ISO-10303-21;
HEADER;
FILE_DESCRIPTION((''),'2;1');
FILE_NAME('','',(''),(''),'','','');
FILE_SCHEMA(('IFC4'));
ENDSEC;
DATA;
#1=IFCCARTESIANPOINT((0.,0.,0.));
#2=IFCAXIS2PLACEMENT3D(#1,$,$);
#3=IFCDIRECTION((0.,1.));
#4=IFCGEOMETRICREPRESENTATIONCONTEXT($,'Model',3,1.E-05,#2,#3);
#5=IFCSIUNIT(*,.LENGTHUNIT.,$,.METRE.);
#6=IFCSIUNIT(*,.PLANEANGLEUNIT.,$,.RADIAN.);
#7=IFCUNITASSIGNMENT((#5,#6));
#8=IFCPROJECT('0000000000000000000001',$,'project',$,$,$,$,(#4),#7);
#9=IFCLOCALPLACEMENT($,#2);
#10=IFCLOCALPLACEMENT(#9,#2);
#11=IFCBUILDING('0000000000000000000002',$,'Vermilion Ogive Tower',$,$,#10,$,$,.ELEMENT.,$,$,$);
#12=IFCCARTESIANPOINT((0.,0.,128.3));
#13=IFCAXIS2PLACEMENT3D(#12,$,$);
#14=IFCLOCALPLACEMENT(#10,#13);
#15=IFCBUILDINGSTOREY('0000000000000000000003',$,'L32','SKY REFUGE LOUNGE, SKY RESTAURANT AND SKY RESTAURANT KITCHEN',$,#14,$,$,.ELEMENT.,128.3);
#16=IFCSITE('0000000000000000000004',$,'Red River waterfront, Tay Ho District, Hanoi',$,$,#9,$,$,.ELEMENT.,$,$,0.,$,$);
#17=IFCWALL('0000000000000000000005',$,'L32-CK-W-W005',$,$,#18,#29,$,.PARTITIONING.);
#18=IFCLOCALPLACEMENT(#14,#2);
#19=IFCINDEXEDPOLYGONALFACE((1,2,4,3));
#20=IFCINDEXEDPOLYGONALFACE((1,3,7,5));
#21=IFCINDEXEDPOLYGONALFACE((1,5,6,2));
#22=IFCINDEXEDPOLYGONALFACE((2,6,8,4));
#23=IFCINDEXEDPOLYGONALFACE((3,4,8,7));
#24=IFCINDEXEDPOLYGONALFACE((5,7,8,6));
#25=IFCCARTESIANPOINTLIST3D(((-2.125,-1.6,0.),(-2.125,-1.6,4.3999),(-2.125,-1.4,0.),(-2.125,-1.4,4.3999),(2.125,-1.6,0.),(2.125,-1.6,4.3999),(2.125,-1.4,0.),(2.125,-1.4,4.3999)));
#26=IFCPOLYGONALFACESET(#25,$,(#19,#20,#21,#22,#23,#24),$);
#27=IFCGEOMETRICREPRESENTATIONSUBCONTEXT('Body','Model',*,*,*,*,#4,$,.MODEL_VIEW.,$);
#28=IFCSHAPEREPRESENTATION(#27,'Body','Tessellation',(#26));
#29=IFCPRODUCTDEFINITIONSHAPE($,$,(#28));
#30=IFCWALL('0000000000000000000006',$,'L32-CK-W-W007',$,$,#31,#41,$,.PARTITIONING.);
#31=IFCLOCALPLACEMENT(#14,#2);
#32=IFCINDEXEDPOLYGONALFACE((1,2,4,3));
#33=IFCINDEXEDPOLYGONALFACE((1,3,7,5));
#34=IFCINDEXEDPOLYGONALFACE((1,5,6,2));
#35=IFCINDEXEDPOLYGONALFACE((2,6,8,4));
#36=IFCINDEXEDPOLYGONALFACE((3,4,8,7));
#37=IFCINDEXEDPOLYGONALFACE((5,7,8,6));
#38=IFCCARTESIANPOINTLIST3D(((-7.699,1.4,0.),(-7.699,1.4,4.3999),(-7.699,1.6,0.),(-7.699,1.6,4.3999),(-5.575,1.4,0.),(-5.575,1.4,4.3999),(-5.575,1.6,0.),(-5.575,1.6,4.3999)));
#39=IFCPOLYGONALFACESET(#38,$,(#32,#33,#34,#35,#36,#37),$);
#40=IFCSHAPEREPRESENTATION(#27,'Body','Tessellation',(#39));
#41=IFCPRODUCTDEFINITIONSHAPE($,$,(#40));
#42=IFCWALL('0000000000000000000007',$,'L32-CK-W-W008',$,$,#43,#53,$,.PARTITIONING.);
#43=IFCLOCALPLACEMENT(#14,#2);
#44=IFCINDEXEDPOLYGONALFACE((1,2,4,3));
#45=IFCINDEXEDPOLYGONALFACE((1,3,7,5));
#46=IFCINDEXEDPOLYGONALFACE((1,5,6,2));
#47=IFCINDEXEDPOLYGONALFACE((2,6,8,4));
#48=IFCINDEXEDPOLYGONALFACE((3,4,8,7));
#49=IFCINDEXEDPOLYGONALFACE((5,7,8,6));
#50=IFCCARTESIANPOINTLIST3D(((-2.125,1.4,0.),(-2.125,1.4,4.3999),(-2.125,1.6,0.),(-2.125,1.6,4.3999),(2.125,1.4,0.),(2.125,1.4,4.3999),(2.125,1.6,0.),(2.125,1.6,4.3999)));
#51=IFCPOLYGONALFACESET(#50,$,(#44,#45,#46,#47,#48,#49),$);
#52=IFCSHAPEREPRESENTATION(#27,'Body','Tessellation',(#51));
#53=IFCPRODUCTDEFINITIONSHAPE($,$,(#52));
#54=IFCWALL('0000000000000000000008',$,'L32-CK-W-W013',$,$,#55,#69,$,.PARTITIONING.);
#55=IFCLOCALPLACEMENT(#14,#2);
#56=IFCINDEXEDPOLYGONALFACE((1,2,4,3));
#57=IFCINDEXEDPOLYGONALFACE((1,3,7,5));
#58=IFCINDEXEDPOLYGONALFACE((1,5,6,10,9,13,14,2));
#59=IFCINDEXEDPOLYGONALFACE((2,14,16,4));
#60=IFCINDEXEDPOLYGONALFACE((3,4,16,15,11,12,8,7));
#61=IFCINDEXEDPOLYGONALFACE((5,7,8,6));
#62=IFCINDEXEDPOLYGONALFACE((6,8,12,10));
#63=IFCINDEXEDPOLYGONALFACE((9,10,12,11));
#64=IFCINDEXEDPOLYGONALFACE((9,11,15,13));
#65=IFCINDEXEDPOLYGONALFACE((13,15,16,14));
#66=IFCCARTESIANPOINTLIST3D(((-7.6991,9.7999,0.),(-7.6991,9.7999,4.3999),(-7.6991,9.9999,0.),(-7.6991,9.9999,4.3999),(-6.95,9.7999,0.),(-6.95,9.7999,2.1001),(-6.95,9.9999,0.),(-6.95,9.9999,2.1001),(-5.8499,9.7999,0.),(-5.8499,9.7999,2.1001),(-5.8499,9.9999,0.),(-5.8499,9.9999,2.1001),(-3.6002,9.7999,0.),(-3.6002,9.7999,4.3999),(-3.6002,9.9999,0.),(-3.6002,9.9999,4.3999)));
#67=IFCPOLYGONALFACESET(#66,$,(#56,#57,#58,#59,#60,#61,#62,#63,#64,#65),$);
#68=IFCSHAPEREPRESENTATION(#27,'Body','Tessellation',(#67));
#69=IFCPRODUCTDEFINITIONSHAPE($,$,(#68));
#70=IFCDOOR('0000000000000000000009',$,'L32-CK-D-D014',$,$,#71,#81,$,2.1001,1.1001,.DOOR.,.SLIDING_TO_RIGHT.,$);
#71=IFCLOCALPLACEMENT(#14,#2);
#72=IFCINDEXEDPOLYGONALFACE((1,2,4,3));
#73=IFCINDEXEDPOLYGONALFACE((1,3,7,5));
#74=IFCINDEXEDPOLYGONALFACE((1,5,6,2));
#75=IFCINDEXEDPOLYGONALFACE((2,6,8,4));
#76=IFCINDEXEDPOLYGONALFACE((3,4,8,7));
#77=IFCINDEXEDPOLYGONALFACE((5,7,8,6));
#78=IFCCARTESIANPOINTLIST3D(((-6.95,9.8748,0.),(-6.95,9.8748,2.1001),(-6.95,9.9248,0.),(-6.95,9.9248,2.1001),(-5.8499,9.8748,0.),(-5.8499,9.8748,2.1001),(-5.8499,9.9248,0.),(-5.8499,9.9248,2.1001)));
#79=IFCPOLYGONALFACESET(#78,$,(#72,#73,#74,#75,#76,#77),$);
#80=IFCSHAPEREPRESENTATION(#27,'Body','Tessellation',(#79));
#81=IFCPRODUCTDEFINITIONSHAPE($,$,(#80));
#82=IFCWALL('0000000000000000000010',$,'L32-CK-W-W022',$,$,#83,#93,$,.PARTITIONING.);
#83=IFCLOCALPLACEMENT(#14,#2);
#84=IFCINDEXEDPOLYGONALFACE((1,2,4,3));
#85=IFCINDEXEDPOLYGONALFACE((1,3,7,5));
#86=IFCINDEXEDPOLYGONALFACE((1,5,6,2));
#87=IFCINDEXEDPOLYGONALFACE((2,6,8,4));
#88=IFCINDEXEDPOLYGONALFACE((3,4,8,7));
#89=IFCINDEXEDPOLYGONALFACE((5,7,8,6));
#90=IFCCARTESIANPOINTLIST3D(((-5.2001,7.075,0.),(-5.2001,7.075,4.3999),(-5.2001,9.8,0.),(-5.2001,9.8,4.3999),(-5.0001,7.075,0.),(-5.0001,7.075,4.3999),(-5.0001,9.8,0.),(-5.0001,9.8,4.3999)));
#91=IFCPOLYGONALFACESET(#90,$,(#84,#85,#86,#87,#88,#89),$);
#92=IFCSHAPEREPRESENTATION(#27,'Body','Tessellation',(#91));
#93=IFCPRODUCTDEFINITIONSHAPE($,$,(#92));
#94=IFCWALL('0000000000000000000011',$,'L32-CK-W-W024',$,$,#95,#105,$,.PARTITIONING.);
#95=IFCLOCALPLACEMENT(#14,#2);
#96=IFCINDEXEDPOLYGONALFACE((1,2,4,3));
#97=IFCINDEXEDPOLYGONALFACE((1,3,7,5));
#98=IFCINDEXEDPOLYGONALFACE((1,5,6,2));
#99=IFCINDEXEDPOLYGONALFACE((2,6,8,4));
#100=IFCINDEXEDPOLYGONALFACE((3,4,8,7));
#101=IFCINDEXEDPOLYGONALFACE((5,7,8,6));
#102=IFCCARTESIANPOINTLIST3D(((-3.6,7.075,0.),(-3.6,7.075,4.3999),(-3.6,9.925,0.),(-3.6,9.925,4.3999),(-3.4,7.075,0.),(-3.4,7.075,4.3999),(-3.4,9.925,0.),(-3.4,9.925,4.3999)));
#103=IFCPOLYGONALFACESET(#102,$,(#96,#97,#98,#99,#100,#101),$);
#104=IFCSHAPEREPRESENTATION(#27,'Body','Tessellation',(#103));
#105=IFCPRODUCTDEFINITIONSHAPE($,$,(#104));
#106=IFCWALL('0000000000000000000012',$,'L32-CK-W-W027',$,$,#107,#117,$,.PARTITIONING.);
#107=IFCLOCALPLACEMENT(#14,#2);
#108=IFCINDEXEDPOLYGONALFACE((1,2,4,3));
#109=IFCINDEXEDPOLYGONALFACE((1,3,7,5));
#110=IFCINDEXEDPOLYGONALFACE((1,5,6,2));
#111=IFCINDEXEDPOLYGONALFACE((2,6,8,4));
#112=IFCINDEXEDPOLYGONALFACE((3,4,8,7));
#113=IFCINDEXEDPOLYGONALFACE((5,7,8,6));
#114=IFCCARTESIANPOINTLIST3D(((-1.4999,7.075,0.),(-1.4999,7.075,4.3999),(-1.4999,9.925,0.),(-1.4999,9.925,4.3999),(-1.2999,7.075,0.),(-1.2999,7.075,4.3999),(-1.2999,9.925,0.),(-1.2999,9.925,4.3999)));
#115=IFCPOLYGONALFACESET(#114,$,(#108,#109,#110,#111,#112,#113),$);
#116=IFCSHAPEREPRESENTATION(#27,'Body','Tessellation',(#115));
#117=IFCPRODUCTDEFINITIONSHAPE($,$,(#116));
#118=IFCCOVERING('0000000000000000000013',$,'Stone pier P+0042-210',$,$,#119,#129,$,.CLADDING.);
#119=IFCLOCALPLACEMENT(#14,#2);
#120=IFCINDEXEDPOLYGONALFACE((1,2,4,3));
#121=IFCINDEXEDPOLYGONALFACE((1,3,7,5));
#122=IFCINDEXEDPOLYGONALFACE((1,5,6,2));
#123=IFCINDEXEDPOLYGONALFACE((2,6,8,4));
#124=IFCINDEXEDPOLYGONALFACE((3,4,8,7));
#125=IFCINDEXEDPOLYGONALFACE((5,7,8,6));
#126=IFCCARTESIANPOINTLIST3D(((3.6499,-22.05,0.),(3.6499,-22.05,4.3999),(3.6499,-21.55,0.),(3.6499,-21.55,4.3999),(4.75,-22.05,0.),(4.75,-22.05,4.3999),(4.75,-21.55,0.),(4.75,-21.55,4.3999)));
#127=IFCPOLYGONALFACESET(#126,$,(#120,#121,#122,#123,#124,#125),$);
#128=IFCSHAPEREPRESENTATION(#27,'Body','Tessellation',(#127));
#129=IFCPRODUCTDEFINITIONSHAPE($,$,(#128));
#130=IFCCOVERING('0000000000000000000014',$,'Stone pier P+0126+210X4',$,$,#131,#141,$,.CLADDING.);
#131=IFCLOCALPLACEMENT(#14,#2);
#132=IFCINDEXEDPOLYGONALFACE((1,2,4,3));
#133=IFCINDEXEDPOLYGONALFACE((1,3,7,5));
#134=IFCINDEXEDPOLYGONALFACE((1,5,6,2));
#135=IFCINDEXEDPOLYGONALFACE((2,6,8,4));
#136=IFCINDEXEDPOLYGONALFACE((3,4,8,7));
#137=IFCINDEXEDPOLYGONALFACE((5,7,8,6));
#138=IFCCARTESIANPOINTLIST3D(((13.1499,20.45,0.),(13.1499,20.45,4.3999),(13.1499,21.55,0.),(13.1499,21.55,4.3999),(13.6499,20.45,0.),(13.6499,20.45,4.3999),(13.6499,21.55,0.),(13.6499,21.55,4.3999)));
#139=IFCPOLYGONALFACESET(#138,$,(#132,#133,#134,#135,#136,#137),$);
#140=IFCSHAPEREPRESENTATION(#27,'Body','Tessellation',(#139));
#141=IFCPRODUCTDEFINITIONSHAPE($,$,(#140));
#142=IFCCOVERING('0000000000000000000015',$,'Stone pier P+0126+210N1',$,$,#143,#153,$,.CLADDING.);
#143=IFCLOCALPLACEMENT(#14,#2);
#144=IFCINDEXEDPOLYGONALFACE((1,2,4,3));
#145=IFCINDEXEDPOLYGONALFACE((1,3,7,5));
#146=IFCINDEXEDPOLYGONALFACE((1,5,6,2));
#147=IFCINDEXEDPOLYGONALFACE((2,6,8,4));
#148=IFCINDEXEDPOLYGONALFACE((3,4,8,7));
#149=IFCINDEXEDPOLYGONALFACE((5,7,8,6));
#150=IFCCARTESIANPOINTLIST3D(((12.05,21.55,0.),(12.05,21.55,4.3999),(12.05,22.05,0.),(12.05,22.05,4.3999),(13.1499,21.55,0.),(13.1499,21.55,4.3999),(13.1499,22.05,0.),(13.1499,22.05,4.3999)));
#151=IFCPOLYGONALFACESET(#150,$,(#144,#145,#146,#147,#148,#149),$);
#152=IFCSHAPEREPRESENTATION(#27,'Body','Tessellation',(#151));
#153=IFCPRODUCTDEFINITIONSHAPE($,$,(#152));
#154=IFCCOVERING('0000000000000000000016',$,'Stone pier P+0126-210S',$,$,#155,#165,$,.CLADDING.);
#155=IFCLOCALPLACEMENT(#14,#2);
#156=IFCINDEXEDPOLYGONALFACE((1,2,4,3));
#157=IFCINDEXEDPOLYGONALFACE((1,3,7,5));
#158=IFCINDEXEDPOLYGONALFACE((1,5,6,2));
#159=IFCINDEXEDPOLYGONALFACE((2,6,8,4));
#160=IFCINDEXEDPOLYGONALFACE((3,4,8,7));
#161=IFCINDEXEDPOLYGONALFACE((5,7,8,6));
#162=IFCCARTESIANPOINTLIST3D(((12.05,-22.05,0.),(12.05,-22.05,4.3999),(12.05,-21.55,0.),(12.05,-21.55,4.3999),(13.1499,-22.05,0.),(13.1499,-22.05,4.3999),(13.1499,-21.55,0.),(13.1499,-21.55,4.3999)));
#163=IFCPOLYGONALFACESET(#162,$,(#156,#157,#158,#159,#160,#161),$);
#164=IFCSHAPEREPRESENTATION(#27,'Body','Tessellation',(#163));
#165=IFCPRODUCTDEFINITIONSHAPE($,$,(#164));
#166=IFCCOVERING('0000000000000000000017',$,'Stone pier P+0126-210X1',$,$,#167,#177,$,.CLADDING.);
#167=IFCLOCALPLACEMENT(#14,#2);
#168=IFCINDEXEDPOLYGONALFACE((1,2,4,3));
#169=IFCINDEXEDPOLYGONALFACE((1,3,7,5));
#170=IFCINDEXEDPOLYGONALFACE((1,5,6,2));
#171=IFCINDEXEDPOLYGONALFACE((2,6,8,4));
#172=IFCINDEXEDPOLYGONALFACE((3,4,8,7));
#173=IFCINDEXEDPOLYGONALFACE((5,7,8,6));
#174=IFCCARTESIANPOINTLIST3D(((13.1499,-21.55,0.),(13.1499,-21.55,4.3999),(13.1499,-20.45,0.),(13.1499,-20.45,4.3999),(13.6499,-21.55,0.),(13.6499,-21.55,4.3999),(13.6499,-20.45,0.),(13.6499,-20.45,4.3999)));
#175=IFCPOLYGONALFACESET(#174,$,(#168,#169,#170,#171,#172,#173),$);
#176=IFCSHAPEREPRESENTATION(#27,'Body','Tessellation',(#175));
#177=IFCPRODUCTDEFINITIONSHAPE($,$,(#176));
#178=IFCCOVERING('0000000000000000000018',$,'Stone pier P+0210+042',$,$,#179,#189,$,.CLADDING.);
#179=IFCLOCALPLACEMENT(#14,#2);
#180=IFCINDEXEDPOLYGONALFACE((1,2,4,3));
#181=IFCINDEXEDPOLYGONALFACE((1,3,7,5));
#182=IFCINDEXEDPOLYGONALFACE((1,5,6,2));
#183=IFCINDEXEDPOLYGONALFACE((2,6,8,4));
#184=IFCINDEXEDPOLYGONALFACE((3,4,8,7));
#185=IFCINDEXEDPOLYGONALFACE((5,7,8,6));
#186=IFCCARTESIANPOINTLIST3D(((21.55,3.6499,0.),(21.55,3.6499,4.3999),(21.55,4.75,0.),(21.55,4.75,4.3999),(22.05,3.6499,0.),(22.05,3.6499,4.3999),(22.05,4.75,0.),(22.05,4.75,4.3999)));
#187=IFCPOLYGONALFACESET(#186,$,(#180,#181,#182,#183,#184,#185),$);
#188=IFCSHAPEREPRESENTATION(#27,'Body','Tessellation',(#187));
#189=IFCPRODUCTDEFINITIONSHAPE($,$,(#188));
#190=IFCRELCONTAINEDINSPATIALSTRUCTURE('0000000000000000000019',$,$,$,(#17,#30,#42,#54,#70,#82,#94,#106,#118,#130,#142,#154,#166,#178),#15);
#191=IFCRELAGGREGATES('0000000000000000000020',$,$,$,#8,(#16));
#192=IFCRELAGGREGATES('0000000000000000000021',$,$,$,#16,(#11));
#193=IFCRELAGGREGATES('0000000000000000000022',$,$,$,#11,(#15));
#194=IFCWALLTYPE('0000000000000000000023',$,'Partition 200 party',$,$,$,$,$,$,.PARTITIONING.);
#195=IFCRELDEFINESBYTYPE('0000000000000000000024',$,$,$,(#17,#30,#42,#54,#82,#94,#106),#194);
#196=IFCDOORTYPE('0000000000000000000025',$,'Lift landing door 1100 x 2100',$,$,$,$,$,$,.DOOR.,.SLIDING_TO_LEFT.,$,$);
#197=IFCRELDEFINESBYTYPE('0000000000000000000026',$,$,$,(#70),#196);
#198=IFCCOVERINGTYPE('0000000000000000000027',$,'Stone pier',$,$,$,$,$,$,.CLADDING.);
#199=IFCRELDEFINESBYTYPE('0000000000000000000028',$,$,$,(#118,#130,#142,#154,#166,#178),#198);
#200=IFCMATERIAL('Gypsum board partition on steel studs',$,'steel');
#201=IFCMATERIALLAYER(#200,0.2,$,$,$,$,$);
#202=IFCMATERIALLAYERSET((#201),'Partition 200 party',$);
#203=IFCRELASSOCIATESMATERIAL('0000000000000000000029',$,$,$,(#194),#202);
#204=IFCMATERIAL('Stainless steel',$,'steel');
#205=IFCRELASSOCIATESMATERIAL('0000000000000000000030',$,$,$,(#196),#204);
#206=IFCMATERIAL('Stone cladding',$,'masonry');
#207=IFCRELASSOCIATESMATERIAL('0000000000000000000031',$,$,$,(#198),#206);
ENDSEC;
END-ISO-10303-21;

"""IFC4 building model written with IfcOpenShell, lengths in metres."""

from ifc_helpers import new_model, si_unit, direction, frame, frame_2d, origin, place, context, subcontext, project, spatial, polyline, rectangle, outline, extrude, material, layer, layer_set, type_object, element, fill, save


model = new_model("IFC4")

# Units and contexts
model_context = context("Model", 3, precision=1e-05, world=origin(), true_north=direction((0.0, 1.0)))
body_context = subcontext(model_context, "Body", "Model", "MODEL_VIEW")
ifc_project = project(units=[si_unit("LENGTHUNIT", "METRE"), si_unit("PLANEANGLEUNIT", "RADIAN")], contexts=[model_context])

# Site, building, storey
site_placement = place(None, origin())
site = spatial("IfcSite", under=ifc_project, at=site_placement, Name="Red River waterfront, Tay Ho District, Hanoi", CompositionType="ELEMENT", RefElevation=0.0)
building_placement = place(site_placement, origin())
building = spatial("IfcBuilding", under=site, at=building_placement, Name="Vermilion Ogive Tower", CompositionType="ELEMENT")
storey_placement = place(building_placement, frame((0.0, 0.0, 128.3)))
storey = spatial("IfcBuildingStorey", under=building, at=storey_placement, Name="L32", Description="SKY REFUGE LOUNGE, SKY RESTAURANT AND SKY RESTAURANT KITCHEN", CompositionType="ELEMENT", Elevation=128.3)

# Walls
ifc_material_1 = material(Name="Gypsum board partition on steel studs", Category="steel")
ifc_layer_1 = layer(ifc_material_1, 0.2)
ifc_layer_set_1 = layer_set([ifc_layer_1], Name="Partition 200 party")
wall_type_1 = type_object("IfcWallType", Name="Partition 200 party", PredefinedType="PARTITIONING", material=ifc_layer_set_1)
wall_1_placement = place(storey_placement, frame((-2.125, -1.5, 0.0), z_axis=(0.0, 0.0, 1.0), x_axis=(1.0, 0.0, 0.0)))
element("IfcWall", 1, at=wall_1_placement, inside=storey, type_object=wall_type_1, Name="L32-CK-W-W005", PredefinedType="PARTITIONING", context=body_context, shape_type="SweptSolid", body=[
    extrude(rectangle(XDim=4.25, YDim=0.2, at=frame_2d((2.125, 0.0))), origin(), (0.0, 0.0, 1.0), 4.3999),
])
wall_2_placement = place(storey_placement, frame((-7.699, 1.5, 0.0), z_axis=(0.0, 0.0, 1.0), x_axis=(1.0, 0.0, 0.0)))
element("IfcWall", 2, at=wall_2_placement, inside=storey, type_object=wall_type_1, Name="L32-CK-W-W007", PredefinedType="PARTITIONING", context=body_context, shape_type="SweptSolid", body=[
    extrude(rectangle(XDim=2.124, YDim=0.2, at=frame_2d((1.062, 0.0))), origin(), (0.0, 0.0, 1.0), 4.3999),
])
wall_3_placement = place(storey_placement, frame((-2.125, 1.5, 0.0), z_axis=(0.0, 0.0, 1.0), x_axis=(1.0, 0.0, 0.0)))
element("IfcWall", 3, at=wall_3_placement, inside=storey, type_object=wall_type_1, Name="L32-CK-W-W008", PredefinedType="PARTITIONING", context=body_context, shape_type="SweptSolid", body=[
    extrude(rectangle(XDim=4.25, YDim=0.2, at=frame_2d((2.125, 0.0))), origin(), (0.0, 0.0, 1.0), 4.3999),
])

# Wall, opening, door
wall_4_placement = place(storey_placement, frame((-7.699, 9.8999, 0.0), z_axis=(0.0, 0.0, 1.0), x_axis=(1.0, 0.0, 0.0)))
wall_4 = element("IfcWall", 4, at=wall_4_placement, inside=storey, type_object=wall_type_1, Name="L32-CK-W-W013", PredefinedType="PARTITIONING", context=body_context, shape_type="SweptSolid", body=[
    extrude(rectangle(XDim=4.0989, YDim=0.2, at=frame_2d((2.0493, 0.0))), origin(), (0.0, 0.0, 1.0), 4.3999),
])
opening_1_placement = place(wall_4_placement, frame((0.749, 0.0, 0.0)))
opening_1 = element("IfcOpeningElement", 5, at=opening_1_placement, cuts=wall_4, PredefinedType="OPENING", context=body_context, shape_type="SweptSolid", body=[
    extrude(rectangle(XDim=1.1001, YDim=2.1001, at=frame_2d((0.55, 1.05))), frame((0.0, 0.1099, 0.0), z_axis=(0.0, -1.0, 0.0), x_axis=(1.0, 0.0, 0.0)), (0.0, 0.0, 1.0), 0.22),
])
ifc_material_2 = material(Name="Stainless steel", Category="steel")
door_type_1 = type_object("IfcDoorType", Name="Lift landing door 1100 x 2100", OperationType="SLIDING_TO_LEFT", PredefinedType="DOOR", material=ifc_material_2)
door_1_placement = place(opening_1_placement, origin())
door_1 = element("IfcDoor", 6, at=door_1_placement, inside=storey, type_object=door_type_1, Name="L32-CK-D-D014", OperationType="SLIDING_TO_RIGHT", OverallHeight=2.1001, OverallWidth=1.1001, PredefinedType="DOOR", context=body_context, shape_type="SweptSolid", body=[
    extrude(rectangle(XDim=1.1001, YDim=2.1001, at=frame_2d((0.55, 1.05))), frame((0.0, 0.0249, 0.0), z_axis=(0.0, -1.0, 0.0), x_axis=(1.0, 0.0, 0.0)), (0.0, 0.0, 1.0), 0.05),
])
fill(opening_1, door_1)

# Walls
wall_5_placement = place(storey_placement, frame((-5.1001, 7.075, 0.0), z_axis=(0.0, 0.0, 1.0), x_axis=(0.0, 1.0, 0.0)))
element("IfcWall", 7, at=wall_5_placement, inside=storey, type_object=wall_type_1, Name="L32-CK-W-W022", PredefinedType="PARTITIONING", context=body_context, shape_type="SweptSolid", body=[
    extrude(rectangle(XDim=2.7251, YDim=0.2, at=frame_2d((1.3625, 0.0))), origin(), (0.0, 0.0, 1.0), 4.3999),
])
for number, where, z_axis, x_axis, name in (
    (8, (-3.5, 7.075, 0.0), (0.0, 0.0, 1.0), (0.0, 1.0, 0.0), "L32-CK-W-W024"),
    (9, (-1.3999, 7.075, 0.0), (0.0, 0.0, 1.0), (0.0, 1.0, 0.0), "L32-CK-W-W027"),
):
    element("IfcWall", number, at=place(storey_placement, frame(where, z_axis=z_axis, x_axis=x_axis)), inside=storey, type_object=wall_type_1, Name=name, PredefinedType="PARTITIONING", context=body_context, shape_type="SweptSolid", body=[
        extrude(rectangle(XDim=2.8501, YDim=0.2, at=frame_2d((1.425, 0.0))), origin(), (0.0, 0.0, 1.0), 4.3999),
    ])

# Coverings
ifc_material_3 = material(Name="Stone cladding", Category="masonry")
covering_type = type_object("IfcCoveringType", Name="Stone pier", PredefinedType="CLADDING", material=ifc_material_3)
covering_1_placement = place(storey_placement, origin())
element("IfcCovering", 10, at=covering_1_placement, inside=storey, type_object=covering_type, Name="Stone pier P+0042-210", PredefinedType="CLADDING", context=body_context, shape_type="SweptSolid", body=[
    extrude(outline(polyline([(4.75, -21.55), (4.75, -22.05), (3.6499, -22.05), (3.6499, -21.55), (4.75, -21.55), (4.75, -21.55)])), origin(), (0.0, 0.0, 1.0), 4.3999),
])
covering_2_placement = place(storey_placement, origin())
element("IfcCovering", 11, at=covering_2_placement, inside=storey, type_object=covering_type, Name="Stone pier P+0126+210X4", PredefinedType="CLADDING", context=body_context, shape_type="SweptSolid", body=[
    extrude(outline(polyline([(13.6499, 21.55), (13.6499, 20.45), (13.1499, 20.45), (13.1499, 21.55), (13.6499, 21.55)])), origin(), (0.0, 0.0, 1.0), 4.3999),
])
covering_3_placement = place(storey_placement, origin())
element("IfcCovering", 12, at=covering_3_placement, inside=storey, type_object=covering_type, Name="Stone pier P+0126+210N1", PredefinedType="CLADDING", context=body_context, shape_type="SweptSolid", body=[
    extrude(outline(polyline([(13.1499, 22.05), (13.1499, 21.55), (12.05, 21.55), (12.05, 22.05), (13.1499, 22.05)])), origin(), (0.0, 0.0, 1.0), 4.3999),
])
covering_4_placement = place(storey_placement, origin())
element("IfcCovering", 13, at=covering_4_placement, inside=storey, type_object=covering_type, Name="Stone pier P+0126-210S", PredefinedType="CLADDING", context=body_context, shape_type="SweptSolid", body=[
    extrude(outline(polyline([(13.1499, -22.05), (12.05, -22.05), (12.05, -21.55), (13.1499, -21.55), (13.1499, -22.05)])), origin(), (0.0, 0.0, 1.0), 4.3999),
])
covering_5_placement = place(storey_placement, origin())
element("IfcCovering", 14, at=covering_5_placement, inside=storey, type_object=covering_type, Name="Stone pier P+0126-210X1", PredefinedType="CLADDING", context=body_context, shape_type="SweptSolid", body=[
    extrude(outline(polyline([(13.6499, -21.55), (13.1499, -21.55), (13.1499, -20.45), (13.6499, -20.45), (13.6499, -21.55)])), origin(), (0.0, 0.0, 1.0), 4.3999),
])
covering_6_placement = place(storey_placement, origin())
element("IfcCovering", 15, at=covering_6_placement, inside=storey, type_object=covering_type, Name="Stone pier P+0210+042", PredefinedType="CLADDING", context=body_context, shape_type="SweptSolid", body=[
    extrude(outline(polyline([(21.55, 4.75), (22.05, 4.75), (22.05, 3.6499), (21.55, 3.6499), (21.55, 4.75), (21.55, 4.75)])), origin(), (0.0, 0.0, 1.0), 4.3999),
])

save(model, "model.ifc")
